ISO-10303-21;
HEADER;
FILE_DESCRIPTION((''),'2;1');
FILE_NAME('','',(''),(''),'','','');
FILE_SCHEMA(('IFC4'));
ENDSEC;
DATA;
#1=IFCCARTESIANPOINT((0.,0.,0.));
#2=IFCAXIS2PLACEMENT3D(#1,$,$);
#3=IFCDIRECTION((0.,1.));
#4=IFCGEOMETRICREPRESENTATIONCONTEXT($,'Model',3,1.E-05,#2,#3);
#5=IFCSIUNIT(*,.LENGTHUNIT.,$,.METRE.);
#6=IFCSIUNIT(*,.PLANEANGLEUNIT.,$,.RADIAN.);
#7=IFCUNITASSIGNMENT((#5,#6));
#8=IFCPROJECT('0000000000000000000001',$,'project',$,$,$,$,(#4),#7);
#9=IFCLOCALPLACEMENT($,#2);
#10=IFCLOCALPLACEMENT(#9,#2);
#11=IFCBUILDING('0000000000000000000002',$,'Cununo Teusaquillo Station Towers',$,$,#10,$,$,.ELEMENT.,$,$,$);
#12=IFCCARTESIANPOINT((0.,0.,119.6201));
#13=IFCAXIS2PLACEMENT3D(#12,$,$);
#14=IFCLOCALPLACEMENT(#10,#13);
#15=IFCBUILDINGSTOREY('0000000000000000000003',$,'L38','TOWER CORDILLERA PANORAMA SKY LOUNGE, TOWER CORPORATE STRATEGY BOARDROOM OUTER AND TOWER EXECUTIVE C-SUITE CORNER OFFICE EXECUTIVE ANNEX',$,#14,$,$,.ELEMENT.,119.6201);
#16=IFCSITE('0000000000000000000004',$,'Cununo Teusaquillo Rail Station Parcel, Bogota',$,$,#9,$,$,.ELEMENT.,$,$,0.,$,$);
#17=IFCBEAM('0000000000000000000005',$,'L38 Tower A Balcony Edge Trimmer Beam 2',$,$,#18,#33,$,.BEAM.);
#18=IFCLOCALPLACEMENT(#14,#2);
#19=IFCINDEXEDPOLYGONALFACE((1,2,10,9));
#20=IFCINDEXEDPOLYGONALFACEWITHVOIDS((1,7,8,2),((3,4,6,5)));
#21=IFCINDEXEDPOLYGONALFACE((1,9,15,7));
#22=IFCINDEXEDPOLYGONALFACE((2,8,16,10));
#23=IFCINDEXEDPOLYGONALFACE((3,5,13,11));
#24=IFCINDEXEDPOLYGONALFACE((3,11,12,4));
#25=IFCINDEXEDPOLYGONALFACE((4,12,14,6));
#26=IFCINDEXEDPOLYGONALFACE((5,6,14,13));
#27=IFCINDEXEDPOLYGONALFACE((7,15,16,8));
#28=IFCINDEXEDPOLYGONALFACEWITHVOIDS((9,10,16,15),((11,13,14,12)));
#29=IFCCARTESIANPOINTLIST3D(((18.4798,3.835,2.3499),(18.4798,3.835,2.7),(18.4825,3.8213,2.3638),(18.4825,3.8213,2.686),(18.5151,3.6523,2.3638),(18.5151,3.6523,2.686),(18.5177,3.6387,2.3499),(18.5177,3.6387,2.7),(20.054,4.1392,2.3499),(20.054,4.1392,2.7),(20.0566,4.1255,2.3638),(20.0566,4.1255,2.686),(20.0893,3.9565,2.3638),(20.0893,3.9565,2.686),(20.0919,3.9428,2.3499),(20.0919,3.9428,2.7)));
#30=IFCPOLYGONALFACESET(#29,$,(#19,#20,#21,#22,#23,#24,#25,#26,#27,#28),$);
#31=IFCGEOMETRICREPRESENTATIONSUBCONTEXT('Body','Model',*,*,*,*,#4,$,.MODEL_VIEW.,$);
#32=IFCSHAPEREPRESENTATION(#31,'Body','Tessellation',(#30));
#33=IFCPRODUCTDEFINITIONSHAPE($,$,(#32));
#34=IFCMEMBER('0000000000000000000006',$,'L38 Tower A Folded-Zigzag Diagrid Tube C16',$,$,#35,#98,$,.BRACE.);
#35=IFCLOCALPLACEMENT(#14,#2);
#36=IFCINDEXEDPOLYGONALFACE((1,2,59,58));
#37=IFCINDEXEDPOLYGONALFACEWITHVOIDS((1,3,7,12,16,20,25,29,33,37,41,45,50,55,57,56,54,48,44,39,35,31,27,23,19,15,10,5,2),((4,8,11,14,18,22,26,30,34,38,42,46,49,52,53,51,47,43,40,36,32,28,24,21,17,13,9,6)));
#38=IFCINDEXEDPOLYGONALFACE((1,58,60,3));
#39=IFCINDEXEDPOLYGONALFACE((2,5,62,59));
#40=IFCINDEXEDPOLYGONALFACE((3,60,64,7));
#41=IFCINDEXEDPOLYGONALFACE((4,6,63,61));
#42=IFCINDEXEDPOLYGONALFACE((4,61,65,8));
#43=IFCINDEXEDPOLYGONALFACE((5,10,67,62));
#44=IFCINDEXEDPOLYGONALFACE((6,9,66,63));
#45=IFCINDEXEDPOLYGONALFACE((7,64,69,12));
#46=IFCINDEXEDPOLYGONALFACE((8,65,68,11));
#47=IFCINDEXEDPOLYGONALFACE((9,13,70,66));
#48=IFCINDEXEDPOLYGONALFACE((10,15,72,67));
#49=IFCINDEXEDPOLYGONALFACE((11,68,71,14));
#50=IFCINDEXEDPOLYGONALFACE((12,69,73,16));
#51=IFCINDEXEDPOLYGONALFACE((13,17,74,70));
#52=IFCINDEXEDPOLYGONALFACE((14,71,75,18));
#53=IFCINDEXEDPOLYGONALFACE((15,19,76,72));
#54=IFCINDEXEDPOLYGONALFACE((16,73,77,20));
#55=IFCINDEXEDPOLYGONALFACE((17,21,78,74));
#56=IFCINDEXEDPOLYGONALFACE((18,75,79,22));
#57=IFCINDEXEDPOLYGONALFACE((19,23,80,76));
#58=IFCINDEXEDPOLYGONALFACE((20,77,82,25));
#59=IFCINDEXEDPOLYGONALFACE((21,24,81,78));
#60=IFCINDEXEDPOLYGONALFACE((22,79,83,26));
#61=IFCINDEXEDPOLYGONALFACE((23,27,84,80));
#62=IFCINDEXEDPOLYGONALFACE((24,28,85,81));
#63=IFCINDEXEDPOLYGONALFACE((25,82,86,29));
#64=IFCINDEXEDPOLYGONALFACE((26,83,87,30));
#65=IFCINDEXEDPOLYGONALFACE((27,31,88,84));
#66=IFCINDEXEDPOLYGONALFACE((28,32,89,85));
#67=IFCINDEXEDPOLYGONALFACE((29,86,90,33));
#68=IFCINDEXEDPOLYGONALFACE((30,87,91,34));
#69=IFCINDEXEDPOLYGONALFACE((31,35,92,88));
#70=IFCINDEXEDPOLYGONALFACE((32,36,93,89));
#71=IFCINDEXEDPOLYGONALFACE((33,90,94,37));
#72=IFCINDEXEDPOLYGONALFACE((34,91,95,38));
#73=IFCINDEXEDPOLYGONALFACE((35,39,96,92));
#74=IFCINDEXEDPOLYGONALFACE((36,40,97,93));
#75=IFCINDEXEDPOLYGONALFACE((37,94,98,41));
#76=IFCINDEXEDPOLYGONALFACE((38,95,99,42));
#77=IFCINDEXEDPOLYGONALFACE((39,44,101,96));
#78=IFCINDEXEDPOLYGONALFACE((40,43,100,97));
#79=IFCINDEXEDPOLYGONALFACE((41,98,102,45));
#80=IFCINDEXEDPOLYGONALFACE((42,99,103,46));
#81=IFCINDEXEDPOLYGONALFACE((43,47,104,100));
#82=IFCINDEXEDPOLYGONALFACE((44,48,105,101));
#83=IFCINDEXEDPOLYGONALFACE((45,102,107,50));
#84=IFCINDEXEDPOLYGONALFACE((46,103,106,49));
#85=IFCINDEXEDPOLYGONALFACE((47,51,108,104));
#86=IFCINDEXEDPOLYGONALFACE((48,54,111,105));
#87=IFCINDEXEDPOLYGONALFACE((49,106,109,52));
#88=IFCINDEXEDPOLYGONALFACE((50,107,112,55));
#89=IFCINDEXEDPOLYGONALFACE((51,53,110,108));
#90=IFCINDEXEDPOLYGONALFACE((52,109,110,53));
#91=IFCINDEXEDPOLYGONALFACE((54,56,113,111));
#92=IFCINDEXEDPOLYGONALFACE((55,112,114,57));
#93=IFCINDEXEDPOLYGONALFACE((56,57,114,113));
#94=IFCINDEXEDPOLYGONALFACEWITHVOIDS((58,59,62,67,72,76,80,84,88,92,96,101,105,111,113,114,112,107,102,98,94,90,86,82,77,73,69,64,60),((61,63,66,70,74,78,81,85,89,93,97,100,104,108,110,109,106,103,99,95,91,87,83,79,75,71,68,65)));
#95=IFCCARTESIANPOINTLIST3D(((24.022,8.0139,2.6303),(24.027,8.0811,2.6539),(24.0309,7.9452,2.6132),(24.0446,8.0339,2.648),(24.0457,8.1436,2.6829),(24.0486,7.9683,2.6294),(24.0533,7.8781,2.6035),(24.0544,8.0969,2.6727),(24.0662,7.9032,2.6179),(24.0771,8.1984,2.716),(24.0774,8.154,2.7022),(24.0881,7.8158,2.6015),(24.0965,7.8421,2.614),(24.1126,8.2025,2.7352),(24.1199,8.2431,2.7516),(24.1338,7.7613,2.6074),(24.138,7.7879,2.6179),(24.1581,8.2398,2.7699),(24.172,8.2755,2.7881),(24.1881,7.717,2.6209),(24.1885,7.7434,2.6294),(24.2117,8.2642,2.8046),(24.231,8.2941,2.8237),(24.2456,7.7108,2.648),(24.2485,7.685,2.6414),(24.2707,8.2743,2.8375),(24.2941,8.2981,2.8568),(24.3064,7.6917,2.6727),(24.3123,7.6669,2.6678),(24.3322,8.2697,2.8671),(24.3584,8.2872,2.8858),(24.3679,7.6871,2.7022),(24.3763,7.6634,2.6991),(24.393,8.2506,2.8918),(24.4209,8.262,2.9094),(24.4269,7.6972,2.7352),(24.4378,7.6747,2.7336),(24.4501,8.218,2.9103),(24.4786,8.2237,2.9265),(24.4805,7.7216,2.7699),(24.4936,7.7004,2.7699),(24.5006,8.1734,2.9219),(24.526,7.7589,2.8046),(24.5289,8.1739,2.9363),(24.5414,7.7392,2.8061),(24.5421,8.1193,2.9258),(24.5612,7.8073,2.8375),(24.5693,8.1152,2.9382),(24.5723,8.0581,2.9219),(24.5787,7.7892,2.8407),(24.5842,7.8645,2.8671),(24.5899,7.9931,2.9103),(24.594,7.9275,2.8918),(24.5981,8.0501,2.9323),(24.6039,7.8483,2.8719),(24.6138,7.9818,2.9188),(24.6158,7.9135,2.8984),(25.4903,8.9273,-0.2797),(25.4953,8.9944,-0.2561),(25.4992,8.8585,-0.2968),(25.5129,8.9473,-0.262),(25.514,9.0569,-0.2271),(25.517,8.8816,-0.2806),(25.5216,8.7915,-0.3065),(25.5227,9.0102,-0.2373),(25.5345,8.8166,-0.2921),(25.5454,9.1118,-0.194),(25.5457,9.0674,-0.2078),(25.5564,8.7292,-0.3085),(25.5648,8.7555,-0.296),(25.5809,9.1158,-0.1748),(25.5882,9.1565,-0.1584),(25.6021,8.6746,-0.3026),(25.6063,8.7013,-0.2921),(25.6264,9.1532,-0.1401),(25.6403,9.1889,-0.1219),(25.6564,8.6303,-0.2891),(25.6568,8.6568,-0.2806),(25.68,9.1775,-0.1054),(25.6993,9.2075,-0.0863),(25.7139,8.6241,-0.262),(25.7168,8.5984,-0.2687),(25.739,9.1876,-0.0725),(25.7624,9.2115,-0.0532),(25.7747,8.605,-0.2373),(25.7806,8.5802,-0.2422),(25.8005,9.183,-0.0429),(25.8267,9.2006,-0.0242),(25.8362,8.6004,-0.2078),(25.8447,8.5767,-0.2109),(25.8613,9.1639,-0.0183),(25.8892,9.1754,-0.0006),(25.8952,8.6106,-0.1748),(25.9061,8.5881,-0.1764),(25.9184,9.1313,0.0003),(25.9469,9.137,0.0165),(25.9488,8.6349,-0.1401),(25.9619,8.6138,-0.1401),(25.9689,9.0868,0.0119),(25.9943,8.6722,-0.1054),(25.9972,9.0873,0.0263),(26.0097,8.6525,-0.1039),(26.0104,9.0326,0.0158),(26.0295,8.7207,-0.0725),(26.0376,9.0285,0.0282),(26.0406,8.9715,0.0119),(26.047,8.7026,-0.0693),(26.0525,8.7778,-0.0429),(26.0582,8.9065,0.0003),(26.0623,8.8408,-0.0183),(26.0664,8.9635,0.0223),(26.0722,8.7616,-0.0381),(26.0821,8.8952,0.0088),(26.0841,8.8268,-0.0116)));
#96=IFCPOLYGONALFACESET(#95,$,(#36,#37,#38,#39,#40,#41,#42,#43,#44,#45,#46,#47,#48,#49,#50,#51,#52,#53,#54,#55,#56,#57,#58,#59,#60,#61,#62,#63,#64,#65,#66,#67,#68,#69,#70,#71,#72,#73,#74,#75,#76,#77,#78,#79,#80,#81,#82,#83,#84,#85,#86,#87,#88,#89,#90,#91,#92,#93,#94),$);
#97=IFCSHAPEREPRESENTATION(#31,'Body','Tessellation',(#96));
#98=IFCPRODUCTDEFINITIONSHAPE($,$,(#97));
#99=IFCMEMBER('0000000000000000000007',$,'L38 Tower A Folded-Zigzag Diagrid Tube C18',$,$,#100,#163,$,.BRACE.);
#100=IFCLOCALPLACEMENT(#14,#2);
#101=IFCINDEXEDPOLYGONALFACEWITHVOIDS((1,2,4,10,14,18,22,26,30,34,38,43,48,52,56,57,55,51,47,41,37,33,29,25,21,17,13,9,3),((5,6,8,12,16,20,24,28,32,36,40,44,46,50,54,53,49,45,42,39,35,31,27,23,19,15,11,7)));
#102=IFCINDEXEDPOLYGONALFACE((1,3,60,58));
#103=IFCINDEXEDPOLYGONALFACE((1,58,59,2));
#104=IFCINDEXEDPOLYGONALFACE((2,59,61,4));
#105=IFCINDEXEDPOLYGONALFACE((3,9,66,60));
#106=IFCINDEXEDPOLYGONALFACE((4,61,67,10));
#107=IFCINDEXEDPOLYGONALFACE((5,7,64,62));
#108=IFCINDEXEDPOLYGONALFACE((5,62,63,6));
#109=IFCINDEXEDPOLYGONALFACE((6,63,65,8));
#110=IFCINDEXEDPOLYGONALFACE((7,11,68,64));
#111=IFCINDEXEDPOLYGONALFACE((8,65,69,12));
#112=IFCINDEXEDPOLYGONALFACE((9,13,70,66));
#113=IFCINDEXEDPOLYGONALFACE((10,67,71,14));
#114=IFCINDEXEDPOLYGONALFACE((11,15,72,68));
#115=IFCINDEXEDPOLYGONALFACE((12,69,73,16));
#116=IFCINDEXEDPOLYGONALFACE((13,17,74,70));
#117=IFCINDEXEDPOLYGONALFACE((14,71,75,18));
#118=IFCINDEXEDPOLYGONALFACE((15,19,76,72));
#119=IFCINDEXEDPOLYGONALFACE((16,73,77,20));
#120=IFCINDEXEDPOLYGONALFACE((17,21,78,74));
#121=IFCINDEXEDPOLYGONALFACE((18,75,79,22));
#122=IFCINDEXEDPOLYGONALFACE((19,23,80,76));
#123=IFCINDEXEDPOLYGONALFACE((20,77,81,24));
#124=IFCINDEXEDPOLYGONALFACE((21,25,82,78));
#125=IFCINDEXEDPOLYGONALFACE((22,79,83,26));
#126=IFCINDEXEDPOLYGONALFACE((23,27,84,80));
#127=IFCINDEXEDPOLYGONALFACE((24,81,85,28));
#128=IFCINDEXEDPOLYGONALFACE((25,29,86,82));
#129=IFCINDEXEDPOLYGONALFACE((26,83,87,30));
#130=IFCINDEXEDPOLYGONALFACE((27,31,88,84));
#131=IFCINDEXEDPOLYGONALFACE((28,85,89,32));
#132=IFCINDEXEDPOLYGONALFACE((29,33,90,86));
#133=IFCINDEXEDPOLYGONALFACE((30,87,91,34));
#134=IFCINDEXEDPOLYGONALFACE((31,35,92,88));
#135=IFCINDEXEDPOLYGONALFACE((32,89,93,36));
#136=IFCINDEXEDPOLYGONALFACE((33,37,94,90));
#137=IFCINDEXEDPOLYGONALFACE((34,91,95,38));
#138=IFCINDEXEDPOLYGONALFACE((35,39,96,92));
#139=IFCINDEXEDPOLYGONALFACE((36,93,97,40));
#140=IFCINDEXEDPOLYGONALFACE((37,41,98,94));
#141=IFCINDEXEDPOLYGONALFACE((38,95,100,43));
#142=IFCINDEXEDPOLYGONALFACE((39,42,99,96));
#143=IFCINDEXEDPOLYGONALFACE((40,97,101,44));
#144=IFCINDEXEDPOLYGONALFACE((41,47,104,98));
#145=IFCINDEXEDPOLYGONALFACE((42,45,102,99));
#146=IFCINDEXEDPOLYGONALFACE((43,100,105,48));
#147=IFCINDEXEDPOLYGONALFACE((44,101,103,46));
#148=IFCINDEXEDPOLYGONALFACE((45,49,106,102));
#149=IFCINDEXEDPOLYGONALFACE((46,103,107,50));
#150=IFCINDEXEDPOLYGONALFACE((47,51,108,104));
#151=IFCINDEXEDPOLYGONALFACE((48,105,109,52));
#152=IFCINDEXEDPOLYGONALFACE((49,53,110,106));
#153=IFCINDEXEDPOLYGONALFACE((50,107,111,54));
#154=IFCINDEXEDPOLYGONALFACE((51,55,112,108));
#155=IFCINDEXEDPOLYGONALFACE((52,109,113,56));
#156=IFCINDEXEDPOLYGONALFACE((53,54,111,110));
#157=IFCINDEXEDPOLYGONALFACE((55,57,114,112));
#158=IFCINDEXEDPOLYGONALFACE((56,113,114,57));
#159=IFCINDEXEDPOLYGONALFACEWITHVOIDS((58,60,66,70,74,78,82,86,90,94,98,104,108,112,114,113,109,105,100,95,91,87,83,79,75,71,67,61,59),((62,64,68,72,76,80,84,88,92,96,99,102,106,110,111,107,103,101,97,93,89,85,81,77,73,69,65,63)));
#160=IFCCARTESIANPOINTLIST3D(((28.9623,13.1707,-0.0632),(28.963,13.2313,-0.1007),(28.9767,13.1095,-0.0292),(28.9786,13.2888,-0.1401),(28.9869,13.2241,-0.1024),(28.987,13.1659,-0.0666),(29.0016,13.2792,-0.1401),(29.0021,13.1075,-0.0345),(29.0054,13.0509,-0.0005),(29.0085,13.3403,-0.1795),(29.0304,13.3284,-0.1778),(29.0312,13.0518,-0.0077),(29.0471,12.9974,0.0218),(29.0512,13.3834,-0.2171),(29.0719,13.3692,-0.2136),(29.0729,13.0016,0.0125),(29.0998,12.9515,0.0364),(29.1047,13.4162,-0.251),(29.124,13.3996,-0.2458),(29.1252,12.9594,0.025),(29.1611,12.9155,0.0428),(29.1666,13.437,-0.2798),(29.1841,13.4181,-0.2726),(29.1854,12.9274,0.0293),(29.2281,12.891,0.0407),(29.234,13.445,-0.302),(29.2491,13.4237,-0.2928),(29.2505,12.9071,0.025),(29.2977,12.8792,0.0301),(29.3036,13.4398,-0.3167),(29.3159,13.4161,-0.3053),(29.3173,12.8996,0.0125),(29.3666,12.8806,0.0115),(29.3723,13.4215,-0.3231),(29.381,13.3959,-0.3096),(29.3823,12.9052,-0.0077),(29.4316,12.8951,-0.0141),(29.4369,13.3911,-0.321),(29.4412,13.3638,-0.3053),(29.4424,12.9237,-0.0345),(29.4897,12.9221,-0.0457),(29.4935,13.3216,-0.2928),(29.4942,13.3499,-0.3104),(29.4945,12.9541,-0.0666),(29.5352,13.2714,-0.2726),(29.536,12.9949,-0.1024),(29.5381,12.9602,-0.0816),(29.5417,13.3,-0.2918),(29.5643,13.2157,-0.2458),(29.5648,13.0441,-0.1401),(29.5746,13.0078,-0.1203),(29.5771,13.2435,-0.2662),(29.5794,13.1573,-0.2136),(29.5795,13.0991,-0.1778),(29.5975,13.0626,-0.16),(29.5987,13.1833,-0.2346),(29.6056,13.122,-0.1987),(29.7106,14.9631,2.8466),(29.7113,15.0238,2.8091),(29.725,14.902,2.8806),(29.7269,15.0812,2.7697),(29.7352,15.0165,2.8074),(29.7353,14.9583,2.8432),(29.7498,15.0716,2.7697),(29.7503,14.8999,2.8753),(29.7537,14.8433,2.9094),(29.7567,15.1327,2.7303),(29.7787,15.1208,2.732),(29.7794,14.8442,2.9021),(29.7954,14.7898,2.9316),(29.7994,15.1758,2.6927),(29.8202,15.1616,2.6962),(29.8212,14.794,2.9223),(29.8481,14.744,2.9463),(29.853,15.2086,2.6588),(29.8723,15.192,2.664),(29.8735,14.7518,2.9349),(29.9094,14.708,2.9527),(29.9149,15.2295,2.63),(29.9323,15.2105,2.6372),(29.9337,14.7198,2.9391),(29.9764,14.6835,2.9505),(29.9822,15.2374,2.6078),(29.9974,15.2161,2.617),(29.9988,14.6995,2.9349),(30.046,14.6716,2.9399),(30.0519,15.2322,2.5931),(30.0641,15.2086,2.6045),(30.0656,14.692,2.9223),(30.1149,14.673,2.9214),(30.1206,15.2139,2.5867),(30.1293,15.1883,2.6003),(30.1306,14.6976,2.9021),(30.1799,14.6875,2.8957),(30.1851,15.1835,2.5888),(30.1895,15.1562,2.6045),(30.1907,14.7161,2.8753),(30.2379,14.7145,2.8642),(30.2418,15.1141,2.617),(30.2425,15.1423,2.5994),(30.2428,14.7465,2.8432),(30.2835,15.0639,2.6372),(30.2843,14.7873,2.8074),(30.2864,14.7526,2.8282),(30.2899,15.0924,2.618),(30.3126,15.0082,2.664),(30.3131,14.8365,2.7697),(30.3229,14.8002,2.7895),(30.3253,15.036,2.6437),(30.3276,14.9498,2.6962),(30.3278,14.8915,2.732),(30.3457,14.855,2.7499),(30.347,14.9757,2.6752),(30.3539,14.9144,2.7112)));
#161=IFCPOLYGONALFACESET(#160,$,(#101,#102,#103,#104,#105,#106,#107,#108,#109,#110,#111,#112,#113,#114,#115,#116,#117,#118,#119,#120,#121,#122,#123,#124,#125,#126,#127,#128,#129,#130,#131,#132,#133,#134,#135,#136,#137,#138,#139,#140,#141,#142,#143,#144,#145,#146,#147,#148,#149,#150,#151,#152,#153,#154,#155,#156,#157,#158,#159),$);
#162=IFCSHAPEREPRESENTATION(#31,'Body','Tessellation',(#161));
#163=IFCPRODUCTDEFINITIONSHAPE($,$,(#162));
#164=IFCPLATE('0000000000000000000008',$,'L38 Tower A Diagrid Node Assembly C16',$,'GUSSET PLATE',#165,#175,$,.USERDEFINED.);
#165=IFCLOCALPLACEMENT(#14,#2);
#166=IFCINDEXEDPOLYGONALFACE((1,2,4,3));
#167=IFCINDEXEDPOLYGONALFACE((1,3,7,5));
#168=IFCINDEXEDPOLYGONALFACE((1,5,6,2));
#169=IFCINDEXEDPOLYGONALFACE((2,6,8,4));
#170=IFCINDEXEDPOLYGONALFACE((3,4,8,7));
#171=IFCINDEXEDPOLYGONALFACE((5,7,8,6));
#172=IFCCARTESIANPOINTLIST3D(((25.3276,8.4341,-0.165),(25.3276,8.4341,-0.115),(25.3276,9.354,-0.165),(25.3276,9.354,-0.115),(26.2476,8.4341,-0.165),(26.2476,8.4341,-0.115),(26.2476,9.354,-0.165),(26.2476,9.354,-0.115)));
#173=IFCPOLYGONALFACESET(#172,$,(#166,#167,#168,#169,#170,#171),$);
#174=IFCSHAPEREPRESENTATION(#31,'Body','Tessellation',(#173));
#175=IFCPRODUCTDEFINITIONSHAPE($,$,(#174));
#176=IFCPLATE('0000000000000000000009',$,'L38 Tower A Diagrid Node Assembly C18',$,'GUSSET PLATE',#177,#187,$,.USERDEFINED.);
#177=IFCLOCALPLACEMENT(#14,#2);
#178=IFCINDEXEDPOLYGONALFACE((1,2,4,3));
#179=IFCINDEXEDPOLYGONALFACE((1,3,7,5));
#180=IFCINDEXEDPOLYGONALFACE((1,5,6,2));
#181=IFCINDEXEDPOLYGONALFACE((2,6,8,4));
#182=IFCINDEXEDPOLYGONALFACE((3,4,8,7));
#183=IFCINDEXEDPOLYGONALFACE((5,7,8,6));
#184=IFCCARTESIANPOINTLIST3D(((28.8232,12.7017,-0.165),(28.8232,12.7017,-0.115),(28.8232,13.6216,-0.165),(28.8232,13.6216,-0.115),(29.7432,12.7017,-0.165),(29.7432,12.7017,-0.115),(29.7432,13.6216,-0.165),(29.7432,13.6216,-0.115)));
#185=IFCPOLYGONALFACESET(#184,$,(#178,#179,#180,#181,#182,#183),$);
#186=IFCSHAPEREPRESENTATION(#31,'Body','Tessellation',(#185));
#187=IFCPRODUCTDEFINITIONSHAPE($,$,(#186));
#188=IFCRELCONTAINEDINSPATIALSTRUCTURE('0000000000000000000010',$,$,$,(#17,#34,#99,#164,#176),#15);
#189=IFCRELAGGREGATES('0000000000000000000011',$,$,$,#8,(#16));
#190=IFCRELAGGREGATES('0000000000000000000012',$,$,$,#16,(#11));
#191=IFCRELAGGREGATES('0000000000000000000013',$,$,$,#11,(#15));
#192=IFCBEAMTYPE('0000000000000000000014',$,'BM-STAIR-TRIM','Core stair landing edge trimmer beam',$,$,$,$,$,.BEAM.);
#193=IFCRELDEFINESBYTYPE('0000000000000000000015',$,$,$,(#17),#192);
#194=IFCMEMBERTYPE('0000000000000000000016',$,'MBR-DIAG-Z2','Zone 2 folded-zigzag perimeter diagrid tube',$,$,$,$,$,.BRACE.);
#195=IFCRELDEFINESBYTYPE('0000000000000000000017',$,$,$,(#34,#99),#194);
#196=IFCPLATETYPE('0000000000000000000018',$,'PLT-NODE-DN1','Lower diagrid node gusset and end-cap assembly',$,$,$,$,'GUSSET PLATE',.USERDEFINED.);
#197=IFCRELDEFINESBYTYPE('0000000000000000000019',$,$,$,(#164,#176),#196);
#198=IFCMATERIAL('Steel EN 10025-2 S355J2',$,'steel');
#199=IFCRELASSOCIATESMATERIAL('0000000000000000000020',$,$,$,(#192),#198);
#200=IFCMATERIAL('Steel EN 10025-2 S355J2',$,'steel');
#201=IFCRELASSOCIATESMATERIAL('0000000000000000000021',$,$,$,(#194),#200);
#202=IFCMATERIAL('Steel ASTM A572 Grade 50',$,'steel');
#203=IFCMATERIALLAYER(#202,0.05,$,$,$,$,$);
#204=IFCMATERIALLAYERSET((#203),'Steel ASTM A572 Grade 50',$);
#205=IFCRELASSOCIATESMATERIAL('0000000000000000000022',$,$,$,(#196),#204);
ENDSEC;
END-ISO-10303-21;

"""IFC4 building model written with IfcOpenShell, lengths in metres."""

from ifc_helpers import new_model, si_unit, direction, frame, origin, origin_2d, place, context, subcontext, project, spatial, rectangle, hollow_rectangle, hollow_circle, extrude, source, transform, mapped, material, layer, layer_set, material_profile, profile_set, type_object, element, save


model = new_model("IFC4")

# Units and contexts
model_context = context("Model", 3, precision=1e-05, world=origin(), true_north=direction((0.0, 1.0)))
body_context = subcontext(model_context, "Body", "Model", "MODEL_VIEW")
ifc_project = project(units=[si_unit("LENGTHUNIT", "METRE"), si_unit("PLANEANGLEUNIT", "RADIAN")], contexts=[model_context])

# Site, building, storey
site_placement = place(None, origin())
site = spatial("IfcSite", under=ifc_project, at=site_placement, Name="Cununo Teusaquillo Rail Station Parcel, Bogota", CompositionType="ELEMENT", RefElevation=0.0)
building_placement = place(site_placement, origin())
building = spatial("IfcBuilding", under=site, at=building_placement, Name="Cununo Teusaquillo Station Towers", CompositionType="ELEMENT")
storey_placement = place(building_placement, frame((0.0, 0.0, 119.6201)))
storey = spatial("IfcBuildingStorey", under=building, at=storey_placement, Name="L38", Description="TOWER CORDILLERA PANORAMA SKY LOUNGE, TOWER CORPORATE STRATEGY BOARDROOM OUTER AND TOWER EXECUTIVE C-SUITE CORNER OFFICE EXECUTIVE ANNEX", CompositionType="ELEMENT", Elevation=119.6201)

# Beam
ifc_material_1 = material(Name="Steel EN 10025-2 S355J2", Category="steel")
ifc_material_profile_1 = material_profile(ifc_material_1, hollow_rectangle(XDim=0.2, YDim=0.3501, WallThickness=0.0139, at=origin_2d()), Name="RHS 350x200x14")
ifc_profile_set_1 = profile_set([ifc_material_profile_1], Name="Steel EN 10025-2 S355J2")
beam_type_1 = type_object("IfcBeamType", Name="BM-STAIR-TRIM", Description="Core stair landing edge trimmer beam", PredefinedType="BEAM", material=ifc_profile_set_1)
beam_1_placement = place(storey_placement, frame((18.4988, 3.7368, 2.5249), z_axis=(0.981837, 0.189728, 0.0), x_axis=(-0.189728, 0.981837, 0.0)))
element("IfcBeam", 1, at=beam_1_placement, inside=storey, type_object=beam_type_1, Name="L38 Tower A Balcony Edge Trimmer Beam 2", PredefinedType="BEAM", context=body_context, shape_type="SweptSolid", body=[
    extrude(hollow_rectangle(XDim=0.2, YDim=0.3501, WallThickness=0.0139, at=origin_2d()), origin(), (0.0, 0.0, 1.0), 1.6033),
])

# Members
ifc_material_2 = material(Name="Steel EN 10025-2 S355J2", Category="steel")
ifc_material_profile_2 = material_profile(ifc_material_2, hollow_circle(Radius=0.3301, WallThickness=0.0249, at=origin_2d()), Name="CHS 660x25")
ifc_profile_set_2 = profile_set([ifc_material_profile_2], Name="Steel EN 10025-2 S355J2")
member_type = type_object("IfcMemberType", Name="MBR-DIAG-Z2", Description="Zone 2 folded-zigzag perimeter diagrid tube", PredefinedType="BRACE", material=ifc_profile_set_2)
member_1_placement = place(storey_placement, frame((25.7876, 8.894, -0.1401), z_axis=(-0.433768, -0.269825, 0.859674), x_axis=(0.528196, -0.849123, 0.0)))
element("IfcMember", 2, at=member_1_placement, inside=storey, type_object=member_type, Name="L38 Tower A Folded-Zigzag Diagrid Tube C16", PredefinedType="BRACE", context=body_context, shape_type="SweptSolid", body=[
    extrude(hollow_circle(Radius=0.3301, WallThickness=0.0249, at=origin_2d()), origin(), (0.0, 0.0, 1.0), 3.385),
])
member_2_placement = place(storey_placement, frame((29.2832, 13.1616, -0.1401), z_axis=(0.21388, 0.512336, 0.831726), x_axis=(-0.922816, 0.38524, 0.0)))
element("IfcMember", 3, at=member_2_placement, inside=storey, type_object=member_type, Name="L38 Tower A Folded-Zigzag Diagrid Tube C18", PredefinedType="BRACE", context=body_context, shape_type="SweptSolid", body=[
    extrude(hollow_circle(Radius=0.3301, WallThickness=0.0249, at=origin_2d()), origin(), (0.0, 0.0, 1.0), 3.4985),
])

# Plates
ifc_material_3 = material(Name="Steel ASTM A572 Grade 50", Category="steel")
ifc_layer_1 = layer(ifc_material_3, 0.05)
ifc_layer_set_1 = layer_set([ifc_layer_1], Name="Steel ASTM A572 Grade 50")
plate_type = type_object("IfcPlateType", Name="PLT-NODE-DN1", Description="Lower diagrid node gusset and end-cap assembly", ElementType="GUSSET PLATE", PredefinedType="USERDEFINED", material=ifc_layer_set_1)
shared_shape_1 = source(origin(), body_context, "Body", "SweptSolid", [
    extrude(rectangle(XDim=0.9199, YDim=0.9199, at=origin_2d()), origin(), (0.0, 0.0, 1.0), 0.05),
])
for number, where, z_axis, x_axis, name in (
    (4, (25.7876, 8.894, -0.165), (0.0, 0.0, 1.0), (1.0, 0.0, 0.0), "L38 Tower A Diagrid Node Assembly C16"),
    (5, (29.2832, 13.1616, -0.165), (0.0, 0.0, 1.0), (1.0, 0.0, 0.0), "L38 Tower A Diagrid Node Assembly C18"),
):
    element("IfcPlate", number, at=place(storey_placement, frame(where, z_axis=z_axis, x_axis=x_axis)), inside=storey, type_object=plate_type, Name=name, ObjectType="GUSSET PLATE", PredefinedType="USERDEFINED", context=body_context, shape_type="MappedRepresentation", body=[
        mapped(shared_shape_1, transform((0.0, 0.0, 0.0), x_axis=(1.0, 0.0, 0.0), y_axis=(0.0, 1.0, 0.0), z_axis=(0.0, 0.0, 1.0), scale=1.0)),
    ])

save(model, "model.ifc")
